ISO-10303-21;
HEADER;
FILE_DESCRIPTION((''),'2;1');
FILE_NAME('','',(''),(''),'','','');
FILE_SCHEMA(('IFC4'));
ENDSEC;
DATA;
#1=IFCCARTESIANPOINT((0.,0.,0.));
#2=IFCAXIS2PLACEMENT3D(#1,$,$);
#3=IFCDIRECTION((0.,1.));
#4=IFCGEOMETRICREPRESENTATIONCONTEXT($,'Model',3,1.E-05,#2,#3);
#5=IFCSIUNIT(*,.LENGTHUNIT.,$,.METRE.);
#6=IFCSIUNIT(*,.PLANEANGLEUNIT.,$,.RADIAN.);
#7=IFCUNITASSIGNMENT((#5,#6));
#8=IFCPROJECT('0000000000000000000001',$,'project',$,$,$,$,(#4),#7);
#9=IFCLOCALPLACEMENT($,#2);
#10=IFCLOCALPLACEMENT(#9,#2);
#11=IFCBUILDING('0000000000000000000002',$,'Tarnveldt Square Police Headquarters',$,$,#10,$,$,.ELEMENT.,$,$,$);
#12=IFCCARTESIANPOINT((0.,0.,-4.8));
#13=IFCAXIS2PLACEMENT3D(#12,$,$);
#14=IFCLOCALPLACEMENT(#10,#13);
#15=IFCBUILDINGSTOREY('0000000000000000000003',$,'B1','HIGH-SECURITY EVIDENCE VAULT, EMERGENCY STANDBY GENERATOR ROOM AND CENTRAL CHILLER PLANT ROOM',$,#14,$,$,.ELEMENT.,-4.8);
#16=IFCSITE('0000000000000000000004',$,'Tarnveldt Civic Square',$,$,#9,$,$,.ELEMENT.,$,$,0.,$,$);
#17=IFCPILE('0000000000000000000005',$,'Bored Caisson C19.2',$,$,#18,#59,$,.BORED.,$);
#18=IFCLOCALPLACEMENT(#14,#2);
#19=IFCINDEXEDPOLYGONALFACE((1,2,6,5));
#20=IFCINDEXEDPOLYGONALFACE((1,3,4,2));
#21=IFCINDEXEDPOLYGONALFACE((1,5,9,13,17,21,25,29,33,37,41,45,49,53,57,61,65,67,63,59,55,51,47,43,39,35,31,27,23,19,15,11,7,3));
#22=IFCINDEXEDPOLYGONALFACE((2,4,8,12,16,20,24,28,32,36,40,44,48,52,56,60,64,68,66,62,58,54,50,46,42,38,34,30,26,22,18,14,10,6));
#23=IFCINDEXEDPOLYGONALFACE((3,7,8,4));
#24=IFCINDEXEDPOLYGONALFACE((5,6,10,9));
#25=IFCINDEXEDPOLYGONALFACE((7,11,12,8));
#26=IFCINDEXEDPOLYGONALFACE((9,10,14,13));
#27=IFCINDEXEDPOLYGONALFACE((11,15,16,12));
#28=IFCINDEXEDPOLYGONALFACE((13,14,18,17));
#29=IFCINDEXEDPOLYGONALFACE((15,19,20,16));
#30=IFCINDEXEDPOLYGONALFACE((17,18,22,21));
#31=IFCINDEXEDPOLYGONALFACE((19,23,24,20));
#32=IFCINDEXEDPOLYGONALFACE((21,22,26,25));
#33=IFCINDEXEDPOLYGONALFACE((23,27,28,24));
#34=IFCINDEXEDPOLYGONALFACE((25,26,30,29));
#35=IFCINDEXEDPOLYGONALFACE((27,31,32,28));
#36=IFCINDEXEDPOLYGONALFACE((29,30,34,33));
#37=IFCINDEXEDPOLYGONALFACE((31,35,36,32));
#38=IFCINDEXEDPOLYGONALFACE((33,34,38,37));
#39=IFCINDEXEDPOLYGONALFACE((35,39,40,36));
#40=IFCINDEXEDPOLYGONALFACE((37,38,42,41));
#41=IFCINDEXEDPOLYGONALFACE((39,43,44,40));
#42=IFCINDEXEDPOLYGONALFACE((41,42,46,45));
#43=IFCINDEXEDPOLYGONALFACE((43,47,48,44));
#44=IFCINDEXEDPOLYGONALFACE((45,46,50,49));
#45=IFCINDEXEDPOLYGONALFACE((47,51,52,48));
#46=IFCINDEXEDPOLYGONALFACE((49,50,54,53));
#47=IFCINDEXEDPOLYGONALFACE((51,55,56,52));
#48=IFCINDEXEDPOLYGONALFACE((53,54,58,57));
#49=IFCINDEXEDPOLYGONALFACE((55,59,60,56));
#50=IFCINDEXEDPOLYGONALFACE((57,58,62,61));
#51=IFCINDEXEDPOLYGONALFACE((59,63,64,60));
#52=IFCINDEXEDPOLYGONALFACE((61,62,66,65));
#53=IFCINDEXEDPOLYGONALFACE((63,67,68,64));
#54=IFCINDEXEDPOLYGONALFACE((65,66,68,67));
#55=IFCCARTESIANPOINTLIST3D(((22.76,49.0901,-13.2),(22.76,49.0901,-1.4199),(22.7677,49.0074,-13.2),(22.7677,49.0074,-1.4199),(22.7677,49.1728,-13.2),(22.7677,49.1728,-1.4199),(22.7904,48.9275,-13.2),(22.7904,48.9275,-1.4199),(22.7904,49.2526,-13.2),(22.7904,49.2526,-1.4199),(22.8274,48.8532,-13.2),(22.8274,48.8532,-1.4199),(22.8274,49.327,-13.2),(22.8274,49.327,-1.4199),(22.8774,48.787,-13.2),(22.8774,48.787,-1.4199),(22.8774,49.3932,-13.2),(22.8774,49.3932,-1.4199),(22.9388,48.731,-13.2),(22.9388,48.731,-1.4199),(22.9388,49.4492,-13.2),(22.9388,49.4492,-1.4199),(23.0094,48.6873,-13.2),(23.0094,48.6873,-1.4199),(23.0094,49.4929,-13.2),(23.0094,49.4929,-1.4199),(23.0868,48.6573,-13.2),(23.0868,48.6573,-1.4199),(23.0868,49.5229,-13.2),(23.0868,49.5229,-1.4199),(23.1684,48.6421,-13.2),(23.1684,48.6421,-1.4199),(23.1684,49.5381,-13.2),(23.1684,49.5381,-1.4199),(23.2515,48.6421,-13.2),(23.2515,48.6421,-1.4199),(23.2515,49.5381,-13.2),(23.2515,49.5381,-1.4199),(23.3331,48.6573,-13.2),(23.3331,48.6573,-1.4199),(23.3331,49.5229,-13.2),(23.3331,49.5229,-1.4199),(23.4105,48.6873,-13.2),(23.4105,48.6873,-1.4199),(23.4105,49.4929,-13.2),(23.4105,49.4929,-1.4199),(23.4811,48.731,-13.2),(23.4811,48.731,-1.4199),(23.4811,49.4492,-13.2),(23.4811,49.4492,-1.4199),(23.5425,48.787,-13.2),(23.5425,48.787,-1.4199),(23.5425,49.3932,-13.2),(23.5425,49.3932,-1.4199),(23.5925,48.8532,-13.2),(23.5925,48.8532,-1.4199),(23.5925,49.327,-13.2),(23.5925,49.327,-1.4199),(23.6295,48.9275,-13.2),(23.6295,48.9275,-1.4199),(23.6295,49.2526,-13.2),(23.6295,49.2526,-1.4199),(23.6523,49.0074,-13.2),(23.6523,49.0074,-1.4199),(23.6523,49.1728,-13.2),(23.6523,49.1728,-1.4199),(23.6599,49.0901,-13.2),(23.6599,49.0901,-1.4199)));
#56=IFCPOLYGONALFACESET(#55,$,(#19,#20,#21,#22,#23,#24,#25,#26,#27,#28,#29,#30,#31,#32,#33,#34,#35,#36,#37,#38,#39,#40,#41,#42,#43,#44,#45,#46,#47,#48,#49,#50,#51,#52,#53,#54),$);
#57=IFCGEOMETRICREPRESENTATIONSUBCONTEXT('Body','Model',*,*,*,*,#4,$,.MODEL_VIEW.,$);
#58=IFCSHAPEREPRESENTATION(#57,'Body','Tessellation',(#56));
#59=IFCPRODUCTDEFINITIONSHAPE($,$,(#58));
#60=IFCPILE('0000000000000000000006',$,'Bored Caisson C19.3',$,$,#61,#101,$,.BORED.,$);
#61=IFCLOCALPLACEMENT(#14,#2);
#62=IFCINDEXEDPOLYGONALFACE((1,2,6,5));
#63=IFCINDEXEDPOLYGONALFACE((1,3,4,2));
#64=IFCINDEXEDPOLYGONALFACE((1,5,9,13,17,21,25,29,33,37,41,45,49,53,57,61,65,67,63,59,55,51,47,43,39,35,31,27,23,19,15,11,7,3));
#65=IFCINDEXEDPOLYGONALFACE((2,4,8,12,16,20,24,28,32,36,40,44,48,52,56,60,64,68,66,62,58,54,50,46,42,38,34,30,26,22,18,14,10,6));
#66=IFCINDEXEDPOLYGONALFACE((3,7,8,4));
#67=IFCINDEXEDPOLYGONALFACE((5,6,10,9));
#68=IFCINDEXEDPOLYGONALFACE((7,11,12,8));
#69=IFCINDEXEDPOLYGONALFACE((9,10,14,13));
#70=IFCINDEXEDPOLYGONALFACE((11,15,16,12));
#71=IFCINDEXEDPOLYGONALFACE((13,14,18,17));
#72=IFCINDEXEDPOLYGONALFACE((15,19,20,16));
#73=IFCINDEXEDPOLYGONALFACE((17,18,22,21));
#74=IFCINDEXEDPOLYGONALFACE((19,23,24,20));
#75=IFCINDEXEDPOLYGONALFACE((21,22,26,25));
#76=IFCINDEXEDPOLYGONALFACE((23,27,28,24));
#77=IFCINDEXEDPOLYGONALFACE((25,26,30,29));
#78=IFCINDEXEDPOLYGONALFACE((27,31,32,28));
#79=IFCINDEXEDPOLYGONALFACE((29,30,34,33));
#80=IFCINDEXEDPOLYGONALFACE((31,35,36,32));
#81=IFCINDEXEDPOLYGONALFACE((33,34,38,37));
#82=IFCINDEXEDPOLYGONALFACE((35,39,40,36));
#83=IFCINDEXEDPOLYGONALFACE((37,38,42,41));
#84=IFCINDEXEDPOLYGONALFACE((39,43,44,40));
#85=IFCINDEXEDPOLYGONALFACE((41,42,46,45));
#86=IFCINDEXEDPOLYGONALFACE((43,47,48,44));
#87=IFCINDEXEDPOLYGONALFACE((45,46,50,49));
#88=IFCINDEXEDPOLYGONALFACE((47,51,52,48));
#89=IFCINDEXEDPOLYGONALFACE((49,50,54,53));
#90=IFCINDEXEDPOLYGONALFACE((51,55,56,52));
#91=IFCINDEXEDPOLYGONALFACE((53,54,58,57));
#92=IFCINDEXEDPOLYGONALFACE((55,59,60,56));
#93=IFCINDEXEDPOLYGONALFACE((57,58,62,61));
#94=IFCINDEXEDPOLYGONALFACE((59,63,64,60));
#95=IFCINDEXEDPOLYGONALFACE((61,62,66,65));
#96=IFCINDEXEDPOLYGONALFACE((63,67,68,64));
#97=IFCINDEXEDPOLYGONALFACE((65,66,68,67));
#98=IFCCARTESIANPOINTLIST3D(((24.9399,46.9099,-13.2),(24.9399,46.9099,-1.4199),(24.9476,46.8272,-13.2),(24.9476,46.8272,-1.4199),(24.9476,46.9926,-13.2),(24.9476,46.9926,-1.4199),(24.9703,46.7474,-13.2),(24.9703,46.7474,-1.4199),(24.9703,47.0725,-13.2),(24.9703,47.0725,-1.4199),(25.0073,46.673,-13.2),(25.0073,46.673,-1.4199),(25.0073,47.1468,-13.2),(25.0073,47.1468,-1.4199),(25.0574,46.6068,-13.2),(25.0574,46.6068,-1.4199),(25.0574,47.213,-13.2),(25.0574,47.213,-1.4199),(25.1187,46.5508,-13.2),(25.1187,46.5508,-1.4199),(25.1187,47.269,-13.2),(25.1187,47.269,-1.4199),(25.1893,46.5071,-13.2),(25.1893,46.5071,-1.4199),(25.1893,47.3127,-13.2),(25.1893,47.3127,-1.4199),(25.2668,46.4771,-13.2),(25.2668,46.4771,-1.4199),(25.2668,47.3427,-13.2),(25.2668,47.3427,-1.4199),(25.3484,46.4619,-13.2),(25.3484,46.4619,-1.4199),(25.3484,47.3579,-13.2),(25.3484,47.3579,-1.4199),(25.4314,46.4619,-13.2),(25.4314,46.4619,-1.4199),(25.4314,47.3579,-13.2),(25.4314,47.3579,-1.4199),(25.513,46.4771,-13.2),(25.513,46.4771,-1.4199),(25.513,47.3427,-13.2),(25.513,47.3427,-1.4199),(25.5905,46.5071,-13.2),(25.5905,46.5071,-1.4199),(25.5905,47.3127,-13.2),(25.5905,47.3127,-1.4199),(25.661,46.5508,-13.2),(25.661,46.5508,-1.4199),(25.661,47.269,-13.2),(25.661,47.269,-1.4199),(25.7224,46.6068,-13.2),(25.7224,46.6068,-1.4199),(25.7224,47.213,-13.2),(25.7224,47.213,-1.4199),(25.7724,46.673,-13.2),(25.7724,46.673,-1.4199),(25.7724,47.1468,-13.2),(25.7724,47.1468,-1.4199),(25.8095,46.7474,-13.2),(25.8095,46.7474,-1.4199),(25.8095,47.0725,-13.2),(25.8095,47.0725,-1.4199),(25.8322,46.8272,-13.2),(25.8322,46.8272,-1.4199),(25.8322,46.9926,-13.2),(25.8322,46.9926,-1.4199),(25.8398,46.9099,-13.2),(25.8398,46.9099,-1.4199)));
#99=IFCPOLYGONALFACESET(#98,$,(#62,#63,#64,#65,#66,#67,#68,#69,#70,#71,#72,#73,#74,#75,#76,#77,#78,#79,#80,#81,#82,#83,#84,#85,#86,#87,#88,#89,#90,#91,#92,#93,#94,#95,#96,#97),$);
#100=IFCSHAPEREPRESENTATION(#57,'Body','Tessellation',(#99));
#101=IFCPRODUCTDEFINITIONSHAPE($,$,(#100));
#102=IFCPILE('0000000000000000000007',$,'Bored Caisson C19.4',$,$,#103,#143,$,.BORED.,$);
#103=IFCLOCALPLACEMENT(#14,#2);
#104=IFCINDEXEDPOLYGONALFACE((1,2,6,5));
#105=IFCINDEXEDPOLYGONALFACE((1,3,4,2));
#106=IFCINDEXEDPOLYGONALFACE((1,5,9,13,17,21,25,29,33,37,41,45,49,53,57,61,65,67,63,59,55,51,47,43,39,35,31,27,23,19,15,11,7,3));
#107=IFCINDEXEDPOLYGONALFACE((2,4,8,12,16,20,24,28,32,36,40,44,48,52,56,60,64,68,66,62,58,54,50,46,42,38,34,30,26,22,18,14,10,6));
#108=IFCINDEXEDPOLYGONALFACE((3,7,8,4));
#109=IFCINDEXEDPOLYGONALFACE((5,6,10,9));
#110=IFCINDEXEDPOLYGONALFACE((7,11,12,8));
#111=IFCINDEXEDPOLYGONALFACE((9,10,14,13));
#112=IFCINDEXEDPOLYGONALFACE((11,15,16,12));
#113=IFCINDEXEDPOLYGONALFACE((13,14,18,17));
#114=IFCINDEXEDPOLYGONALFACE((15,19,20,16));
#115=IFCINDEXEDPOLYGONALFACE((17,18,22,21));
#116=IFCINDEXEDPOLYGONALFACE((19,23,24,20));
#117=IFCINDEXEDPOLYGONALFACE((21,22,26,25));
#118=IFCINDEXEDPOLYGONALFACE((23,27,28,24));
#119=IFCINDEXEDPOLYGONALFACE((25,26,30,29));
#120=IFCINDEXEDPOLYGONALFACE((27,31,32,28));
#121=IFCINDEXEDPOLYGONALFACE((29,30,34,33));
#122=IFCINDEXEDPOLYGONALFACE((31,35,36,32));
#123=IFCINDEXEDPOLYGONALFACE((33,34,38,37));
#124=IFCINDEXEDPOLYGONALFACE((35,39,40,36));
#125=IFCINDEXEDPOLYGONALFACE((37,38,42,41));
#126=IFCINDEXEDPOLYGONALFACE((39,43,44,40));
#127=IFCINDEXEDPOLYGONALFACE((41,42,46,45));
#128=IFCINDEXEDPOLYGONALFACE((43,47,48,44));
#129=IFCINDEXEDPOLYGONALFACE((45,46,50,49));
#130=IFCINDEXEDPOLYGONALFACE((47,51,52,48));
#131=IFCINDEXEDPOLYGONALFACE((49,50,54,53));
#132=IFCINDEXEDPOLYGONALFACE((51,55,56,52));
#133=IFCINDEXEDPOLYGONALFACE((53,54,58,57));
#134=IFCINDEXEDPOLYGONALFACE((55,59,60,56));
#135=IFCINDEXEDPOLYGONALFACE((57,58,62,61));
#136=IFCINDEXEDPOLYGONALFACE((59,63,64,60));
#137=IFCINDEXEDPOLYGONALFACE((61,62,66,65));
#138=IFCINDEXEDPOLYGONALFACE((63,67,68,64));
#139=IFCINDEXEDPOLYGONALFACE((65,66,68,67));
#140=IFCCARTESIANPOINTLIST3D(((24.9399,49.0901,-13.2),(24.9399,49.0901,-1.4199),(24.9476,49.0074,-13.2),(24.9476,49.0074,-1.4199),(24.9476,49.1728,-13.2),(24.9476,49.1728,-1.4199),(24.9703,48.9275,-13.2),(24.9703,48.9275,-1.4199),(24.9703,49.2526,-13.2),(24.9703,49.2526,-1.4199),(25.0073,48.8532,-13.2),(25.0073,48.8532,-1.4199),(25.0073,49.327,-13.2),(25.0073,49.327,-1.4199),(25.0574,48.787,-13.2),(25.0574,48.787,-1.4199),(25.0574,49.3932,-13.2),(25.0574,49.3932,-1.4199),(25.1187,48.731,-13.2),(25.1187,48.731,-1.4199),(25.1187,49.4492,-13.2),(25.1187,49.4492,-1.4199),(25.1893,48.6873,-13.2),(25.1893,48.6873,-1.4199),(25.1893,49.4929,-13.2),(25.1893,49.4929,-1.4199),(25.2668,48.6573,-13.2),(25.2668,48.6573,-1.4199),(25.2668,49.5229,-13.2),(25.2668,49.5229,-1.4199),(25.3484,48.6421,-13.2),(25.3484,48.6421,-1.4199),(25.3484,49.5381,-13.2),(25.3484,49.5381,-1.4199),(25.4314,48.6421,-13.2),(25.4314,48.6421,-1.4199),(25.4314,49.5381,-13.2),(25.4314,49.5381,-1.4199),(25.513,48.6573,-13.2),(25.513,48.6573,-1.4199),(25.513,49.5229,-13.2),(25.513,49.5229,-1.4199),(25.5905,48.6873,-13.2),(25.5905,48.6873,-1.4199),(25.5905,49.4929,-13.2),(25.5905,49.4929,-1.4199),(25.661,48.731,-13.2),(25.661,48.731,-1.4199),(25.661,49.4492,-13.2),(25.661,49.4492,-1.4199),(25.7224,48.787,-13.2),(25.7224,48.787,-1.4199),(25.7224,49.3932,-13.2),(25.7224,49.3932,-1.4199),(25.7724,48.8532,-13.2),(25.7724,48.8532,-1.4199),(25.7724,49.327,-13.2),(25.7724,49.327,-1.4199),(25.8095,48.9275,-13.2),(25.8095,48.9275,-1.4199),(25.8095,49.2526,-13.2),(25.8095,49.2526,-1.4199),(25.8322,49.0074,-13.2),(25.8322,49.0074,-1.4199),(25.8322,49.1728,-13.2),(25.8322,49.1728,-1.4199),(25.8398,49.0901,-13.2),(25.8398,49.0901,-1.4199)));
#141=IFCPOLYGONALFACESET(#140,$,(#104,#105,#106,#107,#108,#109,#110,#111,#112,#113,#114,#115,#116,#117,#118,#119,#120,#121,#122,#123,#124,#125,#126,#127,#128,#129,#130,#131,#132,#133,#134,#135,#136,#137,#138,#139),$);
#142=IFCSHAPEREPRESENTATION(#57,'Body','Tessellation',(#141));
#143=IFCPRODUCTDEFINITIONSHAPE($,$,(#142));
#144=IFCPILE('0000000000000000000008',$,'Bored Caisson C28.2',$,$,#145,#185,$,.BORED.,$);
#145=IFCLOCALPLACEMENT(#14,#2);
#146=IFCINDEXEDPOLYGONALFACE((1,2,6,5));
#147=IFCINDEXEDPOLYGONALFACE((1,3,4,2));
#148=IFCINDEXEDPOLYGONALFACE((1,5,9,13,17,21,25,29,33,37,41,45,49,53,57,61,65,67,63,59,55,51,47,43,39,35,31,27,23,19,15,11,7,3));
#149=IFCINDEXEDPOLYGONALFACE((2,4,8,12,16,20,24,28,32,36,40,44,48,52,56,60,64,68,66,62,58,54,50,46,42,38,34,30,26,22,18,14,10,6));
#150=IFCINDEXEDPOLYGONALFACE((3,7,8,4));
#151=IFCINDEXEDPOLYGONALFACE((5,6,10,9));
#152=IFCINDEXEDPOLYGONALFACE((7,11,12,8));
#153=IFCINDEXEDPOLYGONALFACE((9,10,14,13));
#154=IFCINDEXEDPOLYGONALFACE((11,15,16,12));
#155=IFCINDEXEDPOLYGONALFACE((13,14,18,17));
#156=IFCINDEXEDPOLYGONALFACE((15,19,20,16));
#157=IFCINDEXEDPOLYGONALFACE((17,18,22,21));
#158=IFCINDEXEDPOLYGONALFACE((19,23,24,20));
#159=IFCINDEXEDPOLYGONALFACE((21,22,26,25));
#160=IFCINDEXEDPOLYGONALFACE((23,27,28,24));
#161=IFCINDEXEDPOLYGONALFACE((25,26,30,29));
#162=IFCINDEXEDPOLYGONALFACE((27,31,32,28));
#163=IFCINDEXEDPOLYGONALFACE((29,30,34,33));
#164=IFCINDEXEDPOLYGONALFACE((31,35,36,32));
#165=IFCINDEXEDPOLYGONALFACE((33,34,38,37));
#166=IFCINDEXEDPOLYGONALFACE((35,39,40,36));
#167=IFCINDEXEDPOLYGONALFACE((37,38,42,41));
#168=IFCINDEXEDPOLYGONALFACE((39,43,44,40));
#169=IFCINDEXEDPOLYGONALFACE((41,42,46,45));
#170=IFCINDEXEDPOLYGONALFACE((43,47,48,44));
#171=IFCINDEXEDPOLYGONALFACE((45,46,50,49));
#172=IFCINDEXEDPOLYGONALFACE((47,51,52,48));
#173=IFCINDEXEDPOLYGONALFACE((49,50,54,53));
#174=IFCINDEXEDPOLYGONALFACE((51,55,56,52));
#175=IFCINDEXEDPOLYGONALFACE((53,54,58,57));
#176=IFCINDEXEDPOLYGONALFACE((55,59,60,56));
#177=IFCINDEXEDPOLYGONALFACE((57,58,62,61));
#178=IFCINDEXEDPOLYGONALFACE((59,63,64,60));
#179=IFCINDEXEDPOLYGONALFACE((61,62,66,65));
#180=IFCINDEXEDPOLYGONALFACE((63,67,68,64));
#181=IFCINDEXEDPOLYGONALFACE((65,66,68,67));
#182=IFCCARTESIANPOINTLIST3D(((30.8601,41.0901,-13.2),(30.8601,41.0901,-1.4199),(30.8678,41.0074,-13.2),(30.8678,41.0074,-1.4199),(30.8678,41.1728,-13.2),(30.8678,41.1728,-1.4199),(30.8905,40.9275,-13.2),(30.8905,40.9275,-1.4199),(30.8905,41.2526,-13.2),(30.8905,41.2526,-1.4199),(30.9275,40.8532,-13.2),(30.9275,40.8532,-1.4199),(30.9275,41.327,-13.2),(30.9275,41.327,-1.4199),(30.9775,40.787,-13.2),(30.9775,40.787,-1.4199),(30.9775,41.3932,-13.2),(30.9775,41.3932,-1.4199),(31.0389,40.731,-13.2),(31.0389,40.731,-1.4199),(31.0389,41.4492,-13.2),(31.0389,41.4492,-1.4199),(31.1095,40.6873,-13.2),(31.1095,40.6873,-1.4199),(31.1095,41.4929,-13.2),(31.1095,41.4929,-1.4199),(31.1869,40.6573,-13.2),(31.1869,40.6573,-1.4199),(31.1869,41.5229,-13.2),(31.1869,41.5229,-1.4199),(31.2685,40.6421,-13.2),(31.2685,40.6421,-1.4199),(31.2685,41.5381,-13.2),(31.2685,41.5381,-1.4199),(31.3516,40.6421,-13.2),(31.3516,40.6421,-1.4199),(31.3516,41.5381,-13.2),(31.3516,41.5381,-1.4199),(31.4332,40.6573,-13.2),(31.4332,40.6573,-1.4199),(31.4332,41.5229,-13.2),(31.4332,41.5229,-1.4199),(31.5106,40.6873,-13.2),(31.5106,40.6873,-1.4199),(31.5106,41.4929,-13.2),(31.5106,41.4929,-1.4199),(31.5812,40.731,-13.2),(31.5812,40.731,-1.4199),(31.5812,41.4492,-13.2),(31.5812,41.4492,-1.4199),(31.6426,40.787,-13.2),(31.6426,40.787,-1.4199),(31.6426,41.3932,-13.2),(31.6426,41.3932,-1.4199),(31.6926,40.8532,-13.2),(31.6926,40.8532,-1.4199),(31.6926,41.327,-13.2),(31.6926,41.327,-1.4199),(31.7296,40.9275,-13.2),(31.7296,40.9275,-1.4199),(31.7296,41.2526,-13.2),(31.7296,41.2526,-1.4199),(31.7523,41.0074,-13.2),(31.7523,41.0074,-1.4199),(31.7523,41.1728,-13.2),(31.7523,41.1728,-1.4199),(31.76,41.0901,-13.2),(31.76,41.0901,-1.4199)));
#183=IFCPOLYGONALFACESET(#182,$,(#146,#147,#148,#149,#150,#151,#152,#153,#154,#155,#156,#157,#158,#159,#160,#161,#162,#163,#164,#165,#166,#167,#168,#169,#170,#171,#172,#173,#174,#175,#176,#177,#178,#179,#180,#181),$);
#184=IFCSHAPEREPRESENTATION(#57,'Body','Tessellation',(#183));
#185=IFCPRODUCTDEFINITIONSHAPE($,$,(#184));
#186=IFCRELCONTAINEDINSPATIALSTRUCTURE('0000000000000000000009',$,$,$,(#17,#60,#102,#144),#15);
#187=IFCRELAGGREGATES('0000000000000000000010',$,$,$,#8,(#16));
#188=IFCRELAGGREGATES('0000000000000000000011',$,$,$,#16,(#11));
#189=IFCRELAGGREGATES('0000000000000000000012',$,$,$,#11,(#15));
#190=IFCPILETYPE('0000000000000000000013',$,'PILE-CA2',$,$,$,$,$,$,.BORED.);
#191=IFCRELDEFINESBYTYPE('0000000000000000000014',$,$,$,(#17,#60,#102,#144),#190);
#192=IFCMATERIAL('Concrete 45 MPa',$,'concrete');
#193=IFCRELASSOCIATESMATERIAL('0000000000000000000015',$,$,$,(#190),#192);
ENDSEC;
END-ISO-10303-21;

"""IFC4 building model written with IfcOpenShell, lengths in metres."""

from ifc_helpers import new_model, si_unit, direction, frame, origin, origin_2d, place, context, subcontext, project, spatial, circle, extrude, material, material_profile, profile_set, type_object, element, save


model = new_model("IFC4")

# Units and contexts
model_context = context("Model", 3, precision=1e-05, world=origin(), true_north=direction((0.0, 1.0)))
body_context = subcontext(model_context, "Body", "Model", "MODEL_VIEW")
ifc_project = project(units=[si_unit("LENGTHUNIT", "METRE"), si_unit("PLANEANGLEUNIT", "RADIAN")], contexts=[model_context])

# Site, building, storey
site_placement = place(None, origin())
site = spatial("IfcSite", under=ifc_project, at=site_placement, Name="Tarnveldt Civic Square", CompositionType="ELEMENT", RefElevation=0.0)
building_placement = place(site_placement, origin())
building = spatial("IfcBuilding", under=site, at=building_placement, Name="Tarnveldt Square Police Headquarters", CompositionType="ELEMENT")
storey_placement = place(building_placement, frame((0.0, 0.0, -4.8)))
storey = spatial("IfcBuildingStorey", under=building, at=storey_placement, Name="B1", Description="HIGH-SECURITY EVIDENCE VAULT, EMERGENCY STANDBY GENERATOR ROOM AND CENTRAL CHILLER PLANT ROOM", CompositionType="ELEMENT", Elevation=-4.8)

# Shared definitions
ifc_material_1 = material(Name="Concrete 45 MPa", Category="concrete")

# Piles
ifc_material_profile_1 = material_profile(ifc_material_1, circle(Radius=0.45, at=origin_2d()), Name="CAISSON-D900")
ifc_profile_set_1 = profile_set([ifc_material_profile_1], Name="Concrete 45 MPa")
pile_type_1 = type_object("IfcPileType", Name="PILE-CA2", PredefinedType="BORED", material=ifc_profile_set_1)
for number, where, z_axis, x_axis, name in (
    (1, (23.21, 49.0901, -1.4199), (0.0, 0.0, -1.0), (1.0, 0.0, 0.0), "Bored Caisson C19.2"),
    (2, (25.3899, 46.9099, -1.4199), (0.0, 0.0, -1.0), (1.0, 0.0, 0.0), "Bored Caisson C19.3"),
    (3, (25.3899, 49.0901, -1.4199), (0.0, 0.0, -1.0), (1.0, 0.0, 0.0), "Bored Caisson C19.4"),
    (4, (31.3101, 41.0901, -1.4199), (0.0, 0.0, -1.0), (1.0, 0.0, 0.0), "Bored Caisson C28.2"),
):
    element("IfcPile", number, at=place(storey_placement, frame(where, z_axis=z_axis, x_axis=x_axis)), inside=storey, type_object=pile_type_1, Name=name, PredefinedType="BORED", context=body_context, shape_type="SweptSolid", body=[
        extrude(circle(Radius=0.45, at=origin_2d()), origin(), (0.0, 0.0, 1.0), 11.78),
    ])

save(model, "model.ifc")
